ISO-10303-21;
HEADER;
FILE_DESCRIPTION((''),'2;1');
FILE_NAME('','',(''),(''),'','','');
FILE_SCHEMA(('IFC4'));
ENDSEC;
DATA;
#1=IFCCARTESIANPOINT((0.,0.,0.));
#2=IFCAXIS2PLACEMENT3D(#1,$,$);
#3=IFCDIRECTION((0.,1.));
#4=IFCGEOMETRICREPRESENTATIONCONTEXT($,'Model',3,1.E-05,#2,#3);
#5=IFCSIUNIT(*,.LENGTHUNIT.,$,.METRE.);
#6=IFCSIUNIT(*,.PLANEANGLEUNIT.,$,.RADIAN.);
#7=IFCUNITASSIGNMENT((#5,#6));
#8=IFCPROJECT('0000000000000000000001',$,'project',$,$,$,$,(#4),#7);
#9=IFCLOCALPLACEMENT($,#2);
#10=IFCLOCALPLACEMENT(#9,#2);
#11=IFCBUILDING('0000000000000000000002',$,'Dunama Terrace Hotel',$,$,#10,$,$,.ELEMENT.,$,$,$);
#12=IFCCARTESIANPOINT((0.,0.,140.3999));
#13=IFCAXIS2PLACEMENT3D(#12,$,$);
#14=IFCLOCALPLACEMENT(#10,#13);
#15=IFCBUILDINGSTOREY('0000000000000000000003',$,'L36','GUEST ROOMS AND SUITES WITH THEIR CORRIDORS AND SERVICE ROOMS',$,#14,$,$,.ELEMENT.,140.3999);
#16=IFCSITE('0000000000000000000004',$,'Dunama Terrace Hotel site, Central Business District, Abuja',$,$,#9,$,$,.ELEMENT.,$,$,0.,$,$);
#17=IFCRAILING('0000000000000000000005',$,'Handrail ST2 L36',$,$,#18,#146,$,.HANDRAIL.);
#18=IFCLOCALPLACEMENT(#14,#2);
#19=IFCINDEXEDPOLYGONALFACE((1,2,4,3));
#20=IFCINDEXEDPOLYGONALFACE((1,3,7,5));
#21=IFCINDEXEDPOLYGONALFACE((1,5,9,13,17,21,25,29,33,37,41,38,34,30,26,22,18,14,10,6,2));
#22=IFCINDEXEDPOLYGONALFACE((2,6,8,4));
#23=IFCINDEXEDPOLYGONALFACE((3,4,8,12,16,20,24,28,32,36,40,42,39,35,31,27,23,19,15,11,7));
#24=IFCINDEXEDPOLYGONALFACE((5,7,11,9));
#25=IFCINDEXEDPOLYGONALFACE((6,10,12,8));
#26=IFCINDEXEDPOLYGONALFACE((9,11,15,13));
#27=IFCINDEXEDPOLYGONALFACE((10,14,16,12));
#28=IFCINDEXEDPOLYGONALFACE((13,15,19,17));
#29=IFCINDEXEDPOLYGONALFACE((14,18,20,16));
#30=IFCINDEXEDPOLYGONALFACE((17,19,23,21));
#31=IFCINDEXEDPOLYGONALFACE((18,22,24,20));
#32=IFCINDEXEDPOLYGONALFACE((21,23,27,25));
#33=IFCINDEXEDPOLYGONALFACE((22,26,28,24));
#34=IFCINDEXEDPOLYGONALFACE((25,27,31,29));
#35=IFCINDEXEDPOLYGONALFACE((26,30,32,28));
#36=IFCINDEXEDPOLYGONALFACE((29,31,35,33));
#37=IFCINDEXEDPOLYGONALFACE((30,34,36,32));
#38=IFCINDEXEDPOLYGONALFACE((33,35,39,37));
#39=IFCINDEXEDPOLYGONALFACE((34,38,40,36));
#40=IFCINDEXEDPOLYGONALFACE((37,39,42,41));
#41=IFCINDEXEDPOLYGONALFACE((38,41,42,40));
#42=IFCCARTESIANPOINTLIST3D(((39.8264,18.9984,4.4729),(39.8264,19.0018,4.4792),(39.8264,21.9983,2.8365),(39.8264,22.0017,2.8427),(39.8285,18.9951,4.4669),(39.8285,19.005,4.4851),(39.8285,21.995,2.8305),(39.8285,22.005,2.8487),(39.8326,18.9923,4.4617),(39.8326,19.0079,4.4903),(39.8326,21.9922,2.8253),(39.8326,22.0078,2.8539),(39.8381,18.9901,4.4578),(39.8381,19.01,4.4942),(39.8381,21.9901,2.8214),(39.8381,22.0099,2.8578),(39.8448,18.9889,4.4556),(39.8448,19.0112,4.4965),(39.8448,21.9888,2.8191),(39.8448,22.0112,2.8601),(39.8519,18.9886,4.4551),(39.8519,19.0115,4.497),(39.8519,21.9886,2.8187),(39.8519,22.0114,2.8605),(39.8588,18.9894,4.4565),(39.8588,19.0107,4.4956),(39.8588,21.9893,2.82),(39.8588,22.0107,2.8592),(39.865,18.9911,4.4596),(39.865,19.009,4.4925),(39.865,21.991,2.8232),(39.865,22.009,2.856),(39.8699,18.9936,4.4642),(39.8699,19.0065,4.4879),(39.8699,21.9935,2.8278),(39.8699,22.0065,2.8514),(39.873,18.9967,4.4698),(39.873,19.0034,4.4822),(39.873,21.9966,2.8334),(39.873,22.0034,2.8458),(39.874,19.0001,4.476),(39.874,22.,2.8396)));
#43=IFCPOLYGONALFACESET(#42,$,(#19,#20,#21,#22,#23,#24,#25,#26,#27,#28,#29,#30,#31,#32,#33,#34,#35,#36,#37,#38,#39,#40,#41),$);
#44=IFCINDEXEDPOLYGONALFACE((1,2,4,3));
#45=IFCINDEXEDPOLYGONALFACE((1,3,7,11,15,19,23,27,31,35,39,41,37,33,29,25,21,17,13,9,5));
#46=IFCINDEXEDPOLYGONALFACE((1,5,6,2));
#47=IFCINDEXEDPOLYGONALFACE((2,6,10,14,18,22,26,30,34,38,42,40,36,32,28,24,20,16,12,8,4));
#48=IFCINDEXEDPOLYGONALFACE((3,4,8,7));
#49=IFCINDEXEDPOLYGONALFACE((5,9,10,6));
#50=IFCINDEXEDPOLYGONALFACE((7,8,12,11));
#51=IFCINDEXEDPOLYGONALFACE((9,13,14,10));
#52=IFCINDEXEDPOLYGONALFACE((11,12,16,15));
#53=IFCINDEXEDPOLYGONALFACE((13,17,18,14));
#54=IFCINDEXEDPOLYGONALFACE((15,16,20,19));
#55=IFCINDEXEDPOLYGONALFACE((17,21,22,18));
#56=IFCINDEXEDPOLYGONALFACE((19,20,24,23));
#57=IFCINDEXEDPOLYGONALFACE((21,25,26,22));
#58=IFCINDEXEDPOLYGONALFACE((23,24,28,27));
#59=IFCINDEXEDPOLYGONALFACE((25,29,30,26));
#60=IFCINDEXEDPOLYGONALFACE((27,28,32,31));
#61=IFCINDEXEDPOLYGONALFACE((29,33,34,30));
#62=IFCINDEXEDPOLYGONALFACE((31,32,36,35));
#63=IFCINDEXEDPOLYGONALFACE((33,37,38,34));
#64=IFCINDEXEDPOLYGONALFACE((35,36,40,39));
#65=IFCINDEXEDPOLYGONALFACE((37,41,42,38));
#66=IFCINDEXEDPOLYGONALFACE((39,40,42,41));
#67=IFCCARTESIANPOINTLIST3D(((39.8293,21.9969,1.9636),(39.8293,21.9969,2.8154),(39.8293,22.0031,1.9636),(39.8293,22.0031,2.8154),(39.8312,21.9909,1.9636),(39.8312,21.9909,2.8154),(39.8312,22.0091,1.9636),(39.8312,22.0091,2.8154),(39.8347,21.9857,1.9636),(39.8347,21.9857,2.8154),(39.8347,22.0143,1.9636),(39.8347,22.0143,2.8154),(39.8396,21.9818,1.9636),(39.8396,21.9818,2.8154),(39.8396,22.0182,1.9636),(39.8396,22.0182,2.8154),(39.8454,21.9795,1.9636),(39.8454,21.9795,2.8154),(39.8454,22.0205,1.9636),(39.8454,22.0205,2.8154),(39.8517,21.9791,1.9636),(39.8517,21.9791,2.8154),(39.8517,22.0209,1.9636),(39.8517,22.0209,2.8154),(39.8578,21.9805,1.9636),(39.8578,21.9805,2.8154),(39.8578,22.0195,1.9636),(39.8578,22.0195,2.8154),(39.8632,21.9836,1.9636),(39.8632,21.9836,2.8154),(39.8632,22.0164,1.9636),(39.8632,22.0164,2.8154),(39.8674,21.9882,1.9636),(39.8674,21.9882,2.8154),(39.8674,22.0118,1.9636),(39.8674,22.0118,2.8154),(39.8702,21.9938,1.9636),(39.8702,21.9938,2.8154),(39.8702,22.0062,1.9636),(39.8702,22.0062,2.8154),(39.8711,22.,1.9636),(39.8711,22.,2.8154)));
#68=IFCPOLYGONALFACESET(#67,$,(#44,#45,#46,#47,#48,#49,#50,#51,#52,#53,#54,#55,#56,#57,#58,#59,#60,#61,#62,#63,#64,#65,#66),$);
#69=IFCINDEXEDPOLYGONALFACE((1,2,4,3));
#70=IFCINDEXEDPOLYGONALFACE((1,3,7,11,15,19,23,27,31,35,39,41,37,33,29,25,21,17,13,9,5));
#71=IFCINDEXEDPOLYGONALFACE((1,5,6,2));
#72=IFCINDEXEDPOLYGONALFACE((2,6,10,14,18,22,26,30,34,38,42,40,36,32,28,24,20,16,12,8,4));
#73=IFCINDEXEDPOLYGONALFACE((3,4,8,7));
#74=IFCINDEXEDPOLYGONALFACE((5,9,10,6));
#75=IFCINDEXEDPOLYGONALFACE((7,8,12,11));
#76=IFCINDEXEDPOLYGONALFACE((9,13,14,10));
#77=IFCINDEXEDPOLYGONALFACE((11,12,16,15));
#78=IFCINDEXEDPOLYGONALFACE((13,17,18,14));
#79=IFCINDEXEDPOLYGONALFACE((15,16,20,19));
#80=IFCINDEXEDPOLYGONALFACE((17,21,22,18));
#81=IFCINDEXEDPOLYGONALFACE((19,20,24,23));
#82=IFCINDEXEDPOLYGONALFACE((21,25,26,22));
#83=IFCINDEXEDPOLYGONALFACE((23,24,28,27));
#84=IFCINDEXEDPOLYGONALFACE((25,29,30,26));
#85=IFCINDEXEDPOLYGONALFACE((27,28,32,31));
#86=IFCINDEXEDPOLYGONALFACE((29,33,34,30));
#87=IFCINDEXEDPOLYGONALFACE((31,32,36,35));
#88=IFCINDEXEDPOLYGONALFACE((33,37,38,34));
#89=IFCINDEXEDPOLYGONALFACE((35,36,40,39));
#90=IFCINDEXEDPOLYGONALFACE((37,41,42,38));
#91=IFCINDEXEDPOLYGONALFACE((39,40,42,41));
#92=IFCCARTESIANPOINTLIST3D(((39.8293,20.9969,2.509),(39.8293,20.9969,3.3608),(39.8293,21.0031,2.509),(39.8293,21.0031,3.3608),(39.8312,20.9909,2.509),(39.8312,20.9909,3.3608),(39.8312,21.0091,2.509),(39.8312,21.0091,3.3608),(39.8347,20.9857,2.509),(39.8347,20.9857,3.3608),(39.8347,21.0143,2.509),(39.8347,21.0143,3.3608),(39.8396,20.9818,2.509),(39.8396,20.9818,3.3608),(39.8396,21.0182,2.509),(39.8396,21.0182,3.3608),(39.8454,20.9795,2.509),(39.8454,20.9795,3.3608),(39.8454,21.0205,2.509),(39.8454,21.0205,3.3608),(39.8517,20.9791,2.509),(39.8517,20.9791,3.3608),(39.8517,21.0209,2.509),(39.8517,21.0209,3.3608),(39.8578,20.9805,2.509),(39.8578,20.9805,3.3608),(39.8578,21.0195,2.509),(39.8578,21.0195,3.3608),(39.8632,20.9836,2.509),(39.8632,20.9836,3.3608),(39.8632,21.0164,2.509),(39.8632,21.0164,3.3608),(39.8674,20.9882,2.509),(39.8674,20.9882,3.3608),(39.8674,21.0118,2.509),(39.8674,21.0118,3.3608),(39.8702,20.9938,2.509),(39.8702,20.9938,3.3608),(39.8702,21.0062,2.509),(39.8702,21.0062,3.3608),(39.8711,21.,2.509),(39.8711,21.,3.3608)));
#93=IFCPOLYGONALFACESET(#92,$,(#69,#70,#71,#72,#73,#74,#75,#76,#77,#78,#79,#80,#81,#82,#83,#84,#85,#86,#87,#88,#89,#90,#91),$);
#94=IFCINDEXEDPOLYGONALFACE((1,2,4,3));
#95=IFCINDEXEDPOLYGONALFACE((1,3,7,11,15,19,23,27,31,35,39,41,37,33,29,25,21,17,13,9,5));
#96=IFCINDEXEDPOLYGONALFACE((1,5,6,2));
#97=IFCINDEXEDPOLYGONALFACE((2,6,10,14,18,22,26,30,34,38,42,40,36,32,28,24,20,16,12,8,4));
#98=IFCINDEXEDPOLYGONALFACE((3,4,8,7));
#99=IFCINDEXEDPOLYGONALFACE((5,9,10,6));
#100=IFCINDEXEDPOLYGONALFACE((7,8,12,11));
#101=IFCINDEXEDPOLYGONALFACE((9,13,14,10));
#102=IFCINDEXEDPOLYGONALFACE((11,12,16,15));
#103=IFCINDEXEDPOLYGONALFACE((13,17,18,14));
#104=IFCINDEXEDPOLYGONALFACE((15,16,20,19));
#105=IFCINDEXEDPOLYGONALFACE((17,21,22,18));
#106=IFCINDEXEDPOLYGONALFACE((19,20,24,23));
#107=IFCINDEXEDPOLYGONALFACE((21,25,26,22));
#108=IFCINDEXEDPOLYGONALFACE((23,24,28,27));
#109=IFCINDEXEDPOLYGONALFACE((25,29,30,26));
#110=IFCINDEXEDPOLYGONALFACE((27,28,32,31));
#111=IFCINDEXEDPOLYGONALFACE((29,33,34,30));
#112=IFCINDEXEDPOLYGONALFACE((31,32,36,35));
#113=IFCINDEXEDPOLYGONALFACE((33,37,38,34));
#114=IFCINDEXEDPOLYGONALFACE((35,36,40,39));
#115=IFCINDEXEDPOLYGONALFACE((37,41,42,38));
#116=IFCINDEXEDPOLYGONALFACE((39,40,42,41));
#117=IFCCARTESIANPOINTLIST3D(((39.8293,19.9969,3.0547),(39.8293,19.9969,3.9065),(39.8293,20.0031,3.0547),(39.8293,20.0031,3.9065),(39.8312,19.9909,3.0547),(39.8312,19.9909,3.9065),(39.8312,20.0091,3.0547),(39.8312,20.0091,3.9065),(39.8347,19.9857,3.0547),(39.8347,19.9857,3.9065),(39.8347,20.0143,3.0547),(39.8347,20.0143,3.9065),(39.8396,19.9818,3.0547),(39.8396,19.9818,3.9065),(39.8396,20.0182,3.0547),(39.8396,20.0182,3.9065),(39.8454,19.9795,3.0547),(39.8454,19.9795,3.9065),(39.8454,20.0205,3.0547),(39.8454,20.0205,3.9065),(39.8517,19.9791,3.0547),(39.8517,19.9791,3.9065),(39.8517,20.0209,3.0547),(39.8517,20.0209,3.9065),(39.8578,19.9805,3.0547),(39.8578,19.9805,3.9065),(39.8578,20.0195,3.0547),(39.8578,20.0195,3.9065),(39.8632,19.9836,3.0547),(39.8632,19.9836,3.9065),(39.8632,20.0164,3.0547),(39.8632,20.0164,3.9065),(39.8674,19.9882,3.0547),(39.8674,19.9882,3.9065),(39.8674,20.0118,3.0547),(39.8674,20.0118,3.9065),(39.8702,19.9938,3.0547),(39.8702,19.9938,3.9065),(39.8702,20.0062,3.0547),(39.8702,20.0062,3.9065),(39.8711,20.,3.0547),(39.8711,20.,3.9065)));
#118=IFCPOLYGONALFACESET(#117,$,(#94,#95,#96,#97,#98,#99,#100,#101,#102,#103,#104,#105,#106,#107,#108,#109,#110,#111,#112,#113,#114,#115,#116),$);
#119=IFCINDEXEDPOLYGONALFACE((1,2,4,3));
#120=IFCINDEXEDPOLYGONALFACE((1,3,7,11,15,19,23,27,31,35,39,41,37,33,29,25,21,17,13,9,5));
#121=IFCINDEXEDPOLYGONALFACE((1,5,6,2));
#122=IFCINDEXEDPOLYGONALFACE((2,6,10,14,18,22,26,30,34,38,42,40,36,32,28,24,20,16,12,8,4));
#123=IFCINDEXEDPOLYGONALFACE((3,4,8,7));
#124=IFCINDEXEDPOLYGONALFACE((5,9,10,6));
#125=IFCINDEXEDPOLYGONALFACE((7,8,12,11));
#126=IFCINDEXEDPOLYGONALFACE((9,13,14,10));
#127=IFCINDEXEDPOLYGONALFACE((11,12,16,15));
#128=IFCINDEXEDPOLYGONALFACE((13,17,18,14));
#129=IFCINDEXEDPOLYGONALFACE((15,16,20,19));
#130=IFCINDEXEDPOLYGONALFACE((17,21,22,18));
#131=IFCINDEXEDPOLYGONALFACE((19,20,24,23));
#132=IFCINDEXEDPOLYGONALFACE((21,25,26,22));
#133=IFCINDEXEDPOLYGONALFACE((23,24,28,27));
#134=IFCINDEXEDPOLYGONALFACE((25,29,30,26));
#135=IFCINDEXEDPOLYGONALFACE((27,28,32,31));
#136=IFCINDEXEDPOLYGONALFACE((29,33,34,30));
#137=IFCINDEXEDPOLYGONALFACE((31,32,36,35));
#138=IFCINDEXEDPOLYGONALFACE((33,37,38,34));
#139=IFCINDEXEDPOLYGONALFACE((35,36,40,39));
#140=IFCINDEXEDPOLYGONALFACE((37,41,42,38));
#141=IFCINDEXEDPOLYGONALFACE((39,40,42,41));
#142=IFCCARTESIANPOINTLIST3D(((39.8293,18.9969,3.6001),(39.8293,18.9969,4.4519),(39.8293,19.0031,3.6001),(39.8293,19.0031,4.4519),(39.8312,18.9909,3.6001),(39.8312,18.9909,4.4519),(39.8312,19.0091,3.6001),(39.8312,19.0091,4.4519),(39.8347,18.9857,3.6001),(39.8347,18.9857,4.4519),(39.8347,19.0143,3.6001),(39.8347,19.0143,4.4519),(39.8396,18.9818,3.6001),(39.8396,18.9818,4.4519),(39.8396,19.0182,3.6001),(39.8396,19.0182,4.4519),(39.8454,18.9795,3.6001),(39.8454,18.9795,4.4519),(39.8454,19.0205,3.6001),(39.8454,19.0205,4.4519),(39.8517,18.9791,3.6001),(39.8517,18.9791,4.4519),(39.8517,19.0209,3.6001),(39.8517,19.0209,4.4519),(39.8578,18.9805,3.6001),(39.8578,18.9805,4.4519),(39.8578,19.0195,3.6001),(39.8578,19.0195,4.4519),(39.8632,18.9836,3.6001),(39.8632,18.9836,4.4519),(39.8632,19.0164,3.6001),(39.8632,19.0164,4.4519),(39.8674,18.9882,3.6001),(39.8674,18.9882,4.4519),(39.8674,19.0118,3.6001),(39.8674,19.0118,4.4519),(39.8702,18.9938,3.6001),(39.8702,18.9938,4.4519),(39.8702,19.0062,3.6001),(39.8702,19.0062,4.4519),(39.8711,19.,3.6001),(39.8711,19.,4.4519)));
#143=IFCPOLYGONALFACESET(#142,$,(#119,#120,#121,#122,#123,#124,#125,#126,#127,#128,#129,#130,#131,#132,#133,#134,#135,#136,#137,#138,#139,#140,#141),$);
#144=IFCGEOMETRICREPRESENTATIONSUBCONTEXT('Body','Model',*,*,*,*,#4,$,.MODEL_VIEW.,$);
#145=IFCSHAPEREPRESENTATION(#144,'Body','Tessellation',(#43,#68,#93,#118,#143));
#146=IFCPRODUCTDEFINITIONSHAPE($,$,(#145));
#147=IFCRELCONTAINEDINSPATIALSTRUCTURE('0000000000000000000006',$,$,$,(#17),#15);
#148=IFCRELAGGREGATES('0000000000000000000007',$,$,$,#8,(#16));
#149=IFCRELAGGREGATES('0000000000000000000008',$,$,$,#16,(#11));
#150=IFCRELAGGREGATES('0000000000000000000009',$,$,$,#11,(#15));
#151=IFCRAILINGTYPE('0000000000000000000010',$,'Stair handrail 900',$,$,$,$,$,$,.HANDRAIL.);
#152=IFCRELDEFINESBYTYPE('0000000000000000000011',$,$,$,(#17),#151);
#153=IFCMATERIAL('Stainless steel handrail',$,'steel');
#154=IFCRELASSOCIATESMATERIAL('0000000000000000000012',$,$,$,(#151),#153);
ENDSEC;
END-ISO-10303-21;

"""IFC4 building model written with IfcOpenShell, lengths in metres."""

from ifc_helpers import new_model, si_unit, direction, frame, origin, origin_2d, place, context, subcontext, project, spatial, circle, extrude, material, type_object, element, save


model = new_model("IFC4")

# Units and contexts
model_context = context("Model", 3, precision=1e-05, world=origin(), true_north=direction((0.0, 1.0)))
body_context = subcontext(model_context, "Body", "Model", "MODEL_VIEW")
ifc_project = project(units=[si_unit("LENGTHUNIT", "METRE"), si_unit("PLANEANGLEUNIT", "RADIAN")], contexts=[model_context])

# Site, building, storey
site_placement = place(None, origin())
site = spatial("IfcSite", under=ifc_project, at=site_placement, Name="Dunama Terrace Hotel site, Central Business District, Abuja", CompositionType="ELEMENT", RefElevation=0.0)
building_placement = place(site_placement, origin())
building = spatial("IfcBuilding", under=site, at=building_placement, Name="Dunama Terrace Hotel", CompositionType="ELEMENT")
storey_placement = place(building_placement, frame((0.0, 0.0, 140.3999)))
storey = spatial("IfcBuildingStorey", under=building, at=storey_placement, Name="L36", Description="GUEST ROOMS AND SUITES WITH THEIR CORRIDORS AND SERVICE ROOMS", CompositionType="ELEMENT", Elevation=140.3999)

# Railing
ifc_material_1 = material(Name="Stainless steel handrail", Category="steel")
railing_type = type_object("IfcRailingType", Name="Stair handrail 900", PredefinedType="HANDRAIL", material=ifc_material_1)
railing_1_placement = place(storey_placement, frame((39.8501, 22.0, 1.9636)))
element("IfcRailing", 1, at=railing_1_placement, inside=storey, type_object=railing_type, Name="Handrail ST2 L36", PredefinedType="HANDRAIL", context=body_context, shape_type="SweptSolid", body=[
    extrude(circle(Radius=0.0239, at=origin_2d()), frame((0.0, 0.0, 0.876), z_axis=(0.0, -0.877882, 0.478877), x_axis=(1.0, 0.0, 0.0)), (0.0, 0.0, 1.0), 3.4172),
    extrude(circle(Radius=0.021, at=origin_2d()), origin(), (0.0, 0.0, 1.0), 0.8518),
    extrude(circle(Radius=0.021, at=origin_2d()), frame((0.0, -1.0, 0.5454)), (0.0, 0.0, 1.0), 0.8518),
    extrude(circle(Radius=0.021, at=origin_2d()), frame((0.0, -2.0, 1.0911)), (0.0, 0.0, 1.0), 0.8518),
    extrude(circle(Radius=0.021, at=origin_2d()), frame((0.0, -3.0, 1.6365)), (0.0, 0.0, 1.0), 0.8518),
])

save(model, "model.ifc")
